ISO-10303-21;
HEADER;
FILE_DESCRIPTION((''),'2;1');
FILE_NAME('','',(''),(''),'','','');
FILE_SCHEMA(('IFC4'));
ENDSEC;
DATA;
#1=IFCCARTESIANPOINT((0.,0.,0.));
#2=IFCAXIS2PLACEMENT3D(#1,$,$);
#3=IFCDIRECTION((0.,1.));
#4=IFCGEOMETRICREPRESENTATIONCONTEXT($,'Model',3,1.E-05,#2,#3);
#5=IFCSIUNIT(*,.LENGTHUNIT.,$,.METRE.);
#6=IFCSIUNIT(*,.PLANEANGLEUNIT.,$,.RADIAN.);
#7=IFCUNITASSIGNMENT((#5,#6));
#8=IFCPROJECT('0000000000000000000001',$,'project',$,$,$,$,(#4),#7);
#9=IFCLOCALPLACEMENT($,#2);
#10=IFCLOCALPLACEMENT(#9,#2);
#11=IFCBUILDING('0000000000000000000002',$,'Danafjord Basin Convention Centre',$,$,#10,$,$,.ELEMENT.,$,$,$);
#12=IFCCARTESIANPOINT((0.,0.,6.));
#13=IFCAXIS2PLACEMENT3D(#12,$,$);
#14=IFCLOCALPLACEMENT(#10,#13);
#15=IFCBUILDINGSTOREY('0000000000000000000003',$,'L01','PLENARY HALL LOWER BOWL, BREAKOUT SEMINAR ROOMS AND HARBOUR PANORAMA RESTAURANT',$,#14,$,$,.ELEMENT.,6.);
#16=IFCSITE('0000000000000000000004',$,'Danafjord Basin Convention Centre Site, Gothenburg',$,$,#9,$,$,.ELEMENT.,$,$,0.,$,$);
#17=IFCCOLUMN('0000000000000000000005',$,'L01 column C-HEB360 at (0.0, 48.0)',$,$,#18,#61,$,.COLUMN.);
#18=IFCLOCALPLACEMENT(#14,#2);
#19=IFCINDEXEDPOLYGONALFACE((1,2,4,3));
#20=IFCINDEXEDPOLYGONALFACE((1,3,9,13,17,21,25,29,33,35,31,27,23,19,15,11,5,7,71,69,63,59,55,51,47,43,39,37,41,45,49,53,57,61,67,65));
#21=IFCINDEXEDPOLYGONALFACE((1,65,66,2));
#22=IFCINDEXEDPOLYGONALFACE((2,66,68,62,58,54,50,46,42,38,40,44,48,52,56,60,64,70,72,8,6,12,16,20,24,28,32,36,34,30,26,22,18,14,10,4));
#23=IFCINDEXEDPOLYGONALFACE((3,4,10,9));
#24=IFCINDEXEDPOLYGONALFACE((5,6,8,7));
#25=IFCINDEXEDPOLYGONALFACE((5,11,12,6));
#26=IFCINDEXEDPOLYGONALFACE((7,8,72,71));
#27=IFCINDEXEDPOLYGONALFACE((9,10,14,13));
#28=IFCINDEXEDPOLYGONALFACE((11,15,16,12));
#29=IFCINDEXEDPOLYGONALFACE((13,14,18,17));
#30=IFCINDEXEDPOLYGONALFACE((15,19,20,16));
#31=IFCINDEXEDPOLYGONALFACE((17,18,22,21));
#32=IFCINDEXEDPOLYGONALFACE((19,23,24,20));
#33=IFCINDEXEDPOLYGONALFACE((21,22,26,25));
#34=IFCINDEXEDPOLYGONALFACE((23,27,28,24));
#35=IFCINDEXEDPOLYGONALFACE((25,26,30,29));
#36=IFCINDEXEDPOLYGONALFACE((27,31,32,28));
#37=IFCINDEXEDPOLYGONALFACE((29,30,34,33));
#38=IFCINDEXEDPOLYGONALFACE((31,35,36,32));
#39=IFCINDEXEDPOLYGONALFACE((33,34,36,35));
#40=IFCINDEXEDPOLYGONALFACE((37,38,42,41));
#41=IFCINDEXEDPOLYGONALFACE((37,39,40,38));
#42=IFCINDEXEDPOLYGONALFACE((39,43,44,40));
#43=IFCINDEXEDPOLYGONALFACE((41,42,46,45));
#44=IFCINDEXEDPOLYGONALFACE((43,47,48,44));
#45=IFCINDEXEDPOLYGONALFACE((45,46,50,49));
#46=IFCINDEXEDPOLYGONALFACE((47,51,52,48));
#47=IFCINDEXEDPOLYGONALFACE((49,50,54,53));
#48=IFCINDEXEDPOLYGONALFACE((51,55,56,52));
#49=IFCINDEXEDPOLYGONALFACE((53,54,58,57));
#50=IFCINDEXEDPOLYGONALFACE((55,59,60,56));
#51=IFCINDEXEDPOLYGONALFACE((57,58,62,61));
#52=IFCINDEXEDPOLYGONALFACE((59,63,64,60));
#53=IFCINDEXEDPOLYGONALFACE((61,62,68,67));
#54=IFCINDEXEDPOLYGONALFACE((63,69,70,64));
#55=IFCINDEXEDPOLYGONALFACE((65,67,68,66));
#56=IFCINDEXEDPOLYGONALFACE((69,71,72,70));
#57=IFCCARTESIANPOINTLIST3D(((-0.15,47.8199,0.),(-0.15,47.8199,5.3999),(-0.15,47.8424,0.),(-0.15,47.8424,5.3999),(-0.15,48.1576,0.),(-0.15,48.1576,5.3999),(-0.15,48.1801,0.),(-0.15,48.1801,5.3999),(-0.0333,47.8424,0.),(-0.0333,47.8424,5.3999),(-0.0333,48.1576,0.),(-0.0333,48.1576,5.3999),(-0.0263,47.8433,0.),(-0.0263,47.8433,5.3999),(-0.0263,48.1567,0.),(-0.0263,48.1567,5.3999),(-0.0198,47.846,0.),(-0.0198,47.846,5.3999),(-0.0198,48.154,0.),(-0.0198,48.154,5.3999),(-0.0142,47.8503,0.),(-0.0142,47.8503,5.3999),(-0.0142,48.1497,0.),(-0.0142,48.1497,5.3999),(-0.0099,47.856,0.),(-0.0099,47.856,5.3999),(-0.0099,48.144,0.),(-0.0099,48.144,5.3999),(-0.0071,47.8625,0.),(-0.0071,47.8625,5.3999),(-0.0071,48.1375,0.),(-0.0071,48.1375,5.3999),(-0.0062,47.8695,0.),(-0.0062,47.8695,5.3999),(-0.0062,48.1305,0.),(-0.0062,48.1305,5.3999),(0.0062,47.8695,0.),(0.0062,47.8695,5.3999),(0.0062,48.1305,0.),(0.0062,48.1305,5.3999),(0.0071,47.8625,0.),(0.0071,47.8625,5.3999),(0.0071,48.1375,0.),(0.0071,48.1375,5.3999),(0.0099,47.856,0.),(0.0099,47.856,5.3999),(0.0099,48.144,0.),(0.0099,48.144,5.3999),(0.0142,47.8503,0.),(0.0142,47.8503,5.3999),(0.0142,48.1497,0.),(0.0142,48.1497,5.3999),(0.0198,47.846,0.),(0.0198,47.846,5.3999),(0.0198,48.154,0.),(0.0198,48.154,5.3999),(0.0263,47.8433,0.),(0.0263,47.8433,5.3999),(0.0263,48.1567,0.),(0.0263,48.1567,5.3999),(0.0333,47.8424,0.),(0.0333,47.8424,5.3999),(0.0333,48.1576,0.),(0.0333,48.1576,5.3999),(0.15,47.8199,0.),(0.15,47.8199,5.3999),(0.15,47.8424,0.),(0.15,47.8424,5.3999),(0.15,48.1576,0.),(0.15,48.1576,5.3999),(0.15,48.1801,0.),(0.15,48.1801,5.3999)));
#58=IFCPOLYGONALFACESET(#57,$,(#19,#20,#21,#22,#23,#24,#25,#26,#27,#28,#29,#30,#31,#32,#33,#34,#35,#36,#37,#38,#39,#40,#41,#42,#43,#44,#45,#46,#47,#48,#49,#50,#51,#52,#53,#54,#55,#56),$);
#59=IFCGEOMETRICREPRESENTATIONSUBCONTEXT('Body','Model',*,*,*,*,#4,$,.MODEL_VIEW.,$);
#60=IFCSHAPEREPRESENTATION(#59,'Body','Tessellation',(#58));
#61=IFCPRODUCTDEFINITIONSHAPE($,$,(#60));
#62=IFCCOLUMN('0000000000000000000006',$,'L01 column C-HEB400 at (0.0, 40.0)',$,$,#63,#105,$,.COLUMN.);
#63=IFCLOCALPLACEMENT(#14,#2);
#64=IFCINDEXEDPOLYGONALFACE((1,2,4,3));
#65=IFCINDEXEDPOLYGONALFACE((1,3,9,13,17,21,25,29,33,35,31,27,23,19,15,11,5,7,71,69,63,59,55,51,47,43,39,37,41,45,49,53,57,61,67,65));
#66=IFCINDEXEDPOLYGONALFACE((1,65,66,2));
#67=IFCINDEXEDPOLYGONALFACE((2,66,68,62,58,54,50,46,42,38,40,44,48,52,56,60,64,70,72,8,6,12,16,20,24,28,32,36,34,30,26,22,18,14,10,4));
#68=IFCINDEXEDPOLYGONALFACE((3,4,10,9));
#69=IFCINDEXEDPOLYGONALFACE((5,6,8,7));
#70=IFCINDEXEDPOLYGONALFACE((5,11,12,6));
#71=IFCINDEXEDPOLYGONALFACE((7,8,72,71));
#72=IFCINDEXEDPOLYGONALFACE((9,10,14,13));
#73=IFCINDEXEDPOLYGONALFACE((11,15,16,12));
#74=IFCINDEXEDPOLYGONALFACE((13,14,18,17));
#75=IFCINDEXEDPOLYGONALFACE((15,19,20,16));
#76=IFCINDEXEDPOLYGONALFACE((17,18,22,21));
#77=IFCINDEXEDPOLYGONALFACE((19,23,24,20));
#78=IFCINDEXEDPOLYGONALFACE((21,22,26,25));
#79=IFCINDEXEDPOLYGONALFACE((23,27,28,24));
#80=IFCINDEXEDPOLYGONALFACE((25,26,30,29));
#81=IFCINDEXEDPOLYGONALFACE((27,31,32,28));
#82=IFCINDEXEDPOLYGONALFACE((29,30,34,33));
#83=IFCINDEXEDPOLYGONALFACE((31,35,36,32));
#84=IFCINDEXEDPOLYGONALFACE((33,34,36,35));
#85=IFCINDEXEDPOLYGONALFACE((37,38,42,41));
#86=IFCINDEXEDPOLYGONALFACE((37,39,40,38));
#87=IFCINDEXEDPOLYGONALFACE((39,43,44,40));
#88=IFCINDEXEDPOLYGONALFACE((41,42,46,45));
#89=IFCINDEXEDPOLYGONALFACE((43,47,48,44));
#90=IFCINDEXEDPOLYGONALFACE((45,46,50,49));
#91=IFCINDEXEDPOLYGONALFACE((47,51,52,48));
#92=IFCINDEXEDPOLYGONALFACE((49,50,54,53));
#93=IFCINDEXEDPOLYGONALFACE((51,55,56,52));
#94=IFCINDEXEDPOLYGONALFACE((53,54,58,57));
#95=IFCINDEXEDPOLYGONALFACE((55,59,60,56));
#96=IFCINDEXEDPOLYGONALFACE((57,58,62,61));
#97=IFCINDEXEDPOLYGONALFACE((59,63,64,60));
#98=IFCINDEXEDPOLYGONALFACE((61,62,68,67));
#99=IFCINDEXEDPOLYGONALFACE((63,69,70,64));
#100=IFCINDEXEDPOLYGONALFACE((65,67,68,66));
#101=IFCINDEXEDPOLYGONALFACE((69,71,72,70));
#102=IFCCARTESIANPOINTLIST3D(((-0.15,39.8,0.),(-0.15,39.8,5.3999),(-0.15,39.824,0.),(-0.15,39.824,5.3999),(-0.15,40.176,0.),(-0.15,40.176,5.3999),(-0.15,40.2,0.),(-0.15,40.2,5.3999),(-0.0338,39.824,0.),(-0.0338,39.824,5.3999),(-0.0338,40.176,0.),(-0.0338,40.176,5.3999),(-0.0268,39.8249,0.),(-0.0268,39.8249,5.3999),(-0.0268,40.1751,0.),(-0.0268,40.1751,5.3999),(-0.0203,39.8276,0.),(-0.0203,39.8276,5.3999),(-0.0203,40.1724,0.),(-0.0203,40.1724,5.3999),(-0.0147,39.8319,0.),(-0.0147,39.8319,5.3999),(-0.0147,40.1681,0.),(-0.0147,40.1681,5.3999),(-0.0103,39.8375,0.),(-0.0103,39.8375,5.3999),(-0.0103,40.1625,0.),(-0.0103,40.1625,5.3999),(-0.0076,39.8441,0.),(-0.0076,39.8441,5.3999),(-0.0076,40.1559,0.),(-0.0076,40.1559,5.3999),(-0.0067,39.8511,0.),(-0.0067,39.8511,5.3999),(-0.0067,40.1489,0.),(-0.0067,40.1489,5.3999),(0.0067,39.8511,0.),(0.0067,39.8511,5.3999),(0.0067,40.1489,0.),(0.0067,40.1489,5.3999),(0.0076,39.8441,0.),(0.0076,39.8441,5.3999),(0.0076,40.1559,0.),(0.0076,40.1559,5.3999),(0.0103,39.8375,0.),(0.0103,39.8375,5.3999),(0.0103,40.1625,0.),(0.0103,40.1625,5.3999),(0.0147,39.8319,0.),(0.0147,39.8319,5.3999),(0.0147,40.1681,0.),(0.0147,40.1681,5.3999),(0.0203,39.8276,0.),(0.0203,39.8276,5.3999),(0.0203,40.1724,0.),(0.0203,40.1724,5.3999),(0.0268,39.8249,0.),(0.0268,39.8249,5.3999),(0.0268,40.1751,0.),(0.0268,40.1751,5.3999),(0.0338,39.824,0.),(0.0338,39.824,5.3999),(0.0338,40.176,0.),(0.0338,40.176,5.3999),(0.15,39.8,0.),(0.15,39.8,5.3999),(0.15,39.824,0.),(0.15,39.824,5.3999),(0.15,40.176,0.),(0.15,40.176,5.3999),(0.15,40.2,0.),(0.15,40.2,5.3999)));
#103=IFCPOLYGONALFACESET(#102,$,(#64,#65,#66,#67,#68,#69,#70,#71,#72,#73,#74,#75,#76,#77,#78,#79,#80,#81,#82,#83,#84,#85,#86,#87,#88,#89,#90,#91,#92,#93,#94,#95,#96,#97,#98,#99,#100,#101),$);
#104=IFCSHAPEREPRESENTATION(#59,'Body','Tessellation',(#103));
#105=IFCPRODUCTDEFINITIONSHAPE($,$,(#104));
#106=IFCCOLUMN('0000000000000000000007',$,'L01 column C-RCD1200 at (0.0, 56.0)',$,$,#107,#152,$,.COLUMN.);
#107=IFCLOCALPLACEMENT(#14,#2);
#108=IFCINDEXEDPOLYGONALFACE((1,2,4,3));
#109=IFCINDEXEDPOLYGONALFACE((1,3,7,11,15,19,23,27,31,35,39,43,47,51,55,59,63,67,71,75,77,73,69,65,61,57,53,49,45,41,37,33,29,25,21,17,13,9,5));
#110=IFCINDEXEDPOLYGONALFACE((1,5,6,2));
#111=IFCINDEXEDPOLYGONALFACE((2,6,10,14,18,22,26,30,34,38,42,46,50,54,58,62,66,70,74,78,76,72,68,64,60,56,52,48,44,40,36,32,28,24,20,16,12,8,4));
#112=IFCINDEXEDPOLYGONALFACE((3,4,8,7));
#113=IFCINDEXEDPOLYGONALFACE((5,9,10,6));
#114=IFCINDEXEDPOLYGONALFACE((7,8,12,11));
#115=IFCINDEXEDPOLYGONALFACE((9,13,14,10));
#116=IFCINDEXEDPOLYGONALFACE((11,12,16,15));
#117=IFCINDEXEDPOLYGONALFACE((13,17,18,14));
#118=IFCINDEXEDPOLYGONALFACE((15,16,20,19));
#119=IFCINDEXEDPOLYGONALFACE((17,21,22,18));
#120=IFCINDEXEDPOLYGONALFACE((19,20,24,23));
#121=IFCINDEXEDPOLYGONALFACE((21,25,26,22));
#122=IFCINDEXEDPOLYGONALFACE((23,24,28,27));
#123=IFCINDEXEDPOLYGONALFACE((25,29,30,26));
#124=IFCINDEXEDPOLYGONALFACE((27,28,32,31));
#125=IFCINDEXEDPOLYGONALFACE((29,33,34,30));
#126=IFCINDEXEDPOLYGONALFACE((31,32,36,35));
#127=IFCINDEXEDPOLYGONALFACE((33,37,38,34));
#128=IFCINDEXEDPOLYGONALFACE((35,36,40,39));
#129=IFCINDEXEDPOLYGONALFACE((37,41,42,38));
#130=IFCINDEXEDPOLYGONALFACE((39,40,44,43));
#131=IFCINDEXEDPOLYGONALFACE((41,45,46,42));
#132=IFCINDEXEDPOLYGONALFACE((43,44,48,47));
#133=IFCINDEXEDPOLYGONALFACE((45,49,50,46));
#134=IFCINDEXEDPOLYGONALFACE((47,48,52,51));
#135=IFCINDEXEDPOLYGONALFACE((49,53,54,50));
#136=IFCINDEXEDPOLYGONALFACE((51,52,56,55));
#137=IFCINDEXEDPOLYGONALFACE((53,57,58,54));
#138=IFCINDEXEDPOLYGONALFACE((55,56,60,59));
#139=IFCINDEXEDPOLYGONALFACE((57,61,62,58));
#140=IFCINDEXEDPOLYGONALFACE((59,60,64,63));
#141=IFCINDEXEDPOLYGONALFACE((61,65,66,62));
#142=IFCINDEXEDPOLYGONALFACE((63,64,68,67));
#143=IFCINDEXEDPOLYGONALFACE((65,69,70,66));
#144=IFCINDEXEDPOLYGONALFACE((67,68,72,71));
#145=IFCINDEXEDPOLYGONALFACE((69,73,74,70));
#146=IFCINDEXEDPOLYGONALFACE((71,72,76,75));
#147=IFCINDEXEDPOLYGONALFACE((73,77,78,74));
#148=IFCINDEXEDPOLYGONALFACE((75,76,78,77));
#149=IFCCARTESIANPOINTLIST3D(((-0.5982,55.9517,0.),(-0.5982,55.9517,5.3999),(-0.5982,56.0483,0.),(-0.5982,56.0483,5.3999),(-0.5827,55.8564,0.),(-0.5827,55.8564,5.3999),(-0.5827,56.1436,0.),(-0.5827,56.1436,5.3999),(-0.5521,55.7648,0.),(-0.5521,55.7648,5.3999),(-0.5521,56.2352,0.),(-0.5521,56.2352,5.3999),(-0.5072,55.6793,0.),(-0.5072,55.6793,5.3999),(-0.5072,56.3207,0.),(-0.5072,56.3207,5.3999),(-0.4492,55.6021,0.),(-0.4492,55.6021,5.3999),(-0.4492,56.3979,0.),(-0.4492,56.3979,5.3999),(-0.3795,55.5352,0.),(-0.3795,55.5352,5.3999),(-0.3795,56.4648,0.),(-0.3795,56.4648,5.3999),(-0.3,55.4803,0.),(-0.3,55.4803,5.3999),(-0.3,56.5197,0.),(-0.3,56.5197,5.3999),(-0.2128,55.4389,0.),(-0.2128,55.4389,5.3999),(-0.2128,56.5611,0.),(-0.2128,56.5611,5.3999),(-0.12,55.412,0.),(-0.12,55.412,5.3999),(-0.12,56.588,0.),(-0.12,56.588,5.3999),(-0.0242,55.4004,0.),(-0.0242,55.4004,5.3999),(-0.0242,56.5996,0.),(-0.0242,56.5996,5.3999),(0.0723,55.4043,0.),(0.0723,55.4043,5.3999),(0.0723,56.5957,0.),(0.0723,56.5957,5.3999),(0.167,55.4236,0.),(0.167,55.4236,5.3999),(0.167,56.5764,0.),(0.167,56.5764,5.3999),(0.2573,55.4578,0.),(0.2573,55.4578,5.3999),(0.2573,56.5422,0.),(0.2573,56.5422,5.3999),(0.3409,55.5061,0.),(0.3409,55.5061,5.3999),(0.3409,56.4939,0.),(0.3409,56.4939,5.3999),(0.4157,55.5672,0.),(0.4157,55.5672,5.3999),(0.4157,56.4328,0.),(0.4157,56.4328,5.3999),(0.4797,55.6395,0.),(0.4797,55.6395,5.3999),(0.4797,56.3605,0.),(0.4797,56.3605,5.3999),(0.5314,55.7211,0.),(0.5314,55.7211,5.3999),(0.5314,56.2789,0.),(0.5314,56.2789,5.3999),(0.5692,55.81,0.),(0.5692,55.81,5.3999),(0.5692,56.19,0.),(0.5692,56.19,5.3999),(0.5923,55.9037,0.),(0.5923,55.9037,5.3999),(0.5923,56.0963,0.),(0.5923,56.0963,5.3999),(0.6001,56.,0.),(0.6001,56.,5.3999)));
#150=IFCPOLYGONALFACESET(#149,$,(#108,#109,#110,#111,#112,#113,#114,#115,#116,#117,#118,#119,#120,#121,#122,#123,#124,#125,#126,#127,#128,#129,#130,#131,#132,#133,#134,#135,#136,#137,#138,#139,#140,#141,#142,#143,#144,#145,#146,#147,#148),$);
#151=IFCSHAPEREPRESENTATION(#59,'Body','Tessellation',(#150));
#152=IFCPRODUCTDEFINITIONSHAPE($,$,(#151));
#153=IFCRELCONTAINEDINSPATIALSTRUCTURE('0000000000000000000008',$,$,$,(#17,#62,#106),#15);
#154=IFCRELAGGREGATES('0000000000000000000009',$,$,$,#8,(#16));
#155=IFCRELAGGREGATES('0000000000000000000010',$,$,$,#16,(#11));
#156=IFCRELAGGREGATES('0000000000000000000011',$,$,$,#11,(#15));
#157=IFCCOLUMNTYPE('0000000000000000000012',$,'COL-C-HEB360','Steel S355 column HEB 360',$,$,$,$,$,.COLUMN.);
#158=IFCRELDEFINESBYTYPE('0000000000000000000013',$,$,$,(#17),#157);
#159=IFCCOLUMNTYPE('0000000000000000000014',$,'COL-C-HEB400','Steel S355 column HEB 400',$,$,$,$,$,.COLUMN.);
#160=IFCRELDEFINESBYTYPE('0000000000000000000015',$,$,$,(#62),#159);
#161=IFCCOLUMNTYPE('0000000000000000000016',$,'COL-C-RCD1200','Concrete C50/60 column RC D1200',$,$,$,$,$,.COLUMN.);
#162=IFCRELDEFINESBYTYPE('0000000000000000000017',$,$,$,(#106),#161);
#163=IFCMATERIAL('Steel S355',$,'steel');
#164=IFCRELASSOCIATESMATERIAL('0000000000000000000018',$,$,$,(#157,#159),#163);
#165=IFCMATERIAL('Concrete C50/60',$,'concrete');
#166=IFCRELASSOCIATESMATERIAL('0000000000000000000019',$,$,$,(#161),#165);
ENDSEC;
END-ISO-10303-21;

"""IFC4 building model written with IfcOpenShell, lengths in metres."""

from ifc_helpers import new_model, si_unit, direction, frame, origin, origin_2d, place, context, subcontext, project, spatial, circle, i_section, extrude, material, material_profile, profile_set, type_object, element, save


model = new_model("IFC4")

# Units and contexts
model_context = context("Model", 3, precision=1e-05, world=origin(), true_north=direction((0.0, 1.0)))
body_context = subcontext(model_context, "Body", "Model", "MODEL_VIEW")
ifc_project = project(units=[si_unit("LENGTHUNIT", "METRE"), si_unit("PLANEANGLEUNIT", "RADIAN")], contexts=[model_context])

# Site, building, storey
site_placement = place(None, origin())
site = spatial("IfcSite", under=ifc_project, at=site_placement, Name="Danafjord Basin Convention Centre Site, Gothenburg", CompositionType="ELEMENT", RefElevation=0.0)
building_placement = place(site_placement, origin())
building = spatial("IfcBuilding", under=site, at=building_placement, Name="Danafjord Basin Convention Centre", CompositionType="ELEMENT")
storey_placement = place(building_placement, frame((0.0, 0.0, 6.0)))
storey = spatial("IfcBuildingStorey", under=building, at=storey_placement, Name="L01", Description="PLENARY HALL LOWER BOWL, BREAKOUT SEMINAR ROOMS AND HARBOUR PANORAMA RESTAURANT", CompositionType="ELEMENT", Elevation=6.0)

# Columns
ifc_material_1 = material(Name="Steel S355", Category="steel")
ifc_material_profile_1 = material_profile(ifc_material_1, i_section(OverallWidth=0.3, OverallDepth=0.3601, WebThickness=0.0125, FlangeThickness=0.0225, FilletRadius=0.0271, at=origin_2d()), Name="HEB 360")
ifc_profile_set_1 = profile_set([ifc_material_profile_1], Name="Steel S355")
column_type_1 = type_object("IfcColumnType", Name="COL-C-HEB360", Description="Steel S355 column HEB 360", PredefinedType="COLUMN", material=ifc_profile_set_1)
column_1_placement = place(storey_placement, frame((0.0, 48.0, 0.0), z_axis=(0.0, 0.0, 1.0), x_axis=(1.0, 0.0, 0.0)))
element("IfcColumn", 1, at=column_1_placement, inside=storey, type_object=column_type_1, Name="L01 column C-HEB360 at (0.0, 48.0)", PredefinedType="COLUMN", context=body_context, shape_type="SweptSolid", body=[
    extrude(i_section(OverallWidth=0.3, OverallDepth=0.3601, WebThickness=0.0125, FlangeThickness=0.0225, FilletRadius=0.0271, at=origin_2d()), origin(), (0.0, 0.0, 1.0), 5.3999),
])
ifc_material_profile_2 = material_profile(ifc_material_1, i_section(OverallWidth=0.3, OverallDepth=0.3999, WebThickness=0.0134, FlangeThickness=0.0239, FilletRadius=0.0271, at=origin_2d()), Name="HEB 400")
ifc_profile_set_2 = profile_set([ifc_material_profile_2], Name="Steel S355")
column_type_2 = type_object("IfcColumnType", Name="COL-C-HEB400", Description="Steel S355 column HEB 400", PredefinedType="COLUMN", material=ifc_profile_set_2)
column_2_placement = place(storey_placement, frame((0.0, 40.0, 0.0), z_axis=(0.0, 0.0, 1.0), x_axis=(1.0, 0.0, 0.0)))
element("IfcColumn", 2, at=column_2_placement, inside=storey, type_object=column_type_2, Name="L01 column C-HEB400 at (0.0, 40.0)", PredefinedType="COLUMN", context=body_context, shape_type="SweptSolid", body=[
    extrude(i_section(OverallWidth=0.3, OverallDepth=0.3999, WebThickness=0.0134, FlangeThickness=0.0239, FilletRadius=0.0271, at=origin_2d()), origin(), (0.0, 0.0, 1.0), 5.3999),
])
ifc_material_2 = material(Name="Concrete C50/60", Category="concrete")
ifc_material_profile_3 = material_profile(ifc_material_2, circle(Radius=0.6001, at=origin_2d()), Name="RC D1200")
ifc_profile_set_3 = profile_set([ifc_material_profile_3], Name="Concrete C50/60")
column_type_3 = type_object("IfcColumnType", Name="COL-C-RCD1200", Description="Concrete C50/60 column RC D1200", PredefinedType="COLUMN", material=ifc_profile_set_3)
column_3_placement = place(storey_placement, frame((0.0, 56.0, 0.0), z_axis=(0.0, 0.0, 1.0), x_axis=(1.0, 0.0, 0.0)))
element("IfcColumn", 3, at=column_3_placement, inside=storey, type_object=column_type_3, Name="L01 column C-RCD1200 at (0.0, 56.0)", PredefinedType="COLUMN", context=body_context, shape_type="SweptSolid", body=[
    extrude(circle(Radius=0.6001, at=origin_2d()), origin(), (0.0, 0.0, 1.0), 5.3999),
])

save(model, "model.ifc")
